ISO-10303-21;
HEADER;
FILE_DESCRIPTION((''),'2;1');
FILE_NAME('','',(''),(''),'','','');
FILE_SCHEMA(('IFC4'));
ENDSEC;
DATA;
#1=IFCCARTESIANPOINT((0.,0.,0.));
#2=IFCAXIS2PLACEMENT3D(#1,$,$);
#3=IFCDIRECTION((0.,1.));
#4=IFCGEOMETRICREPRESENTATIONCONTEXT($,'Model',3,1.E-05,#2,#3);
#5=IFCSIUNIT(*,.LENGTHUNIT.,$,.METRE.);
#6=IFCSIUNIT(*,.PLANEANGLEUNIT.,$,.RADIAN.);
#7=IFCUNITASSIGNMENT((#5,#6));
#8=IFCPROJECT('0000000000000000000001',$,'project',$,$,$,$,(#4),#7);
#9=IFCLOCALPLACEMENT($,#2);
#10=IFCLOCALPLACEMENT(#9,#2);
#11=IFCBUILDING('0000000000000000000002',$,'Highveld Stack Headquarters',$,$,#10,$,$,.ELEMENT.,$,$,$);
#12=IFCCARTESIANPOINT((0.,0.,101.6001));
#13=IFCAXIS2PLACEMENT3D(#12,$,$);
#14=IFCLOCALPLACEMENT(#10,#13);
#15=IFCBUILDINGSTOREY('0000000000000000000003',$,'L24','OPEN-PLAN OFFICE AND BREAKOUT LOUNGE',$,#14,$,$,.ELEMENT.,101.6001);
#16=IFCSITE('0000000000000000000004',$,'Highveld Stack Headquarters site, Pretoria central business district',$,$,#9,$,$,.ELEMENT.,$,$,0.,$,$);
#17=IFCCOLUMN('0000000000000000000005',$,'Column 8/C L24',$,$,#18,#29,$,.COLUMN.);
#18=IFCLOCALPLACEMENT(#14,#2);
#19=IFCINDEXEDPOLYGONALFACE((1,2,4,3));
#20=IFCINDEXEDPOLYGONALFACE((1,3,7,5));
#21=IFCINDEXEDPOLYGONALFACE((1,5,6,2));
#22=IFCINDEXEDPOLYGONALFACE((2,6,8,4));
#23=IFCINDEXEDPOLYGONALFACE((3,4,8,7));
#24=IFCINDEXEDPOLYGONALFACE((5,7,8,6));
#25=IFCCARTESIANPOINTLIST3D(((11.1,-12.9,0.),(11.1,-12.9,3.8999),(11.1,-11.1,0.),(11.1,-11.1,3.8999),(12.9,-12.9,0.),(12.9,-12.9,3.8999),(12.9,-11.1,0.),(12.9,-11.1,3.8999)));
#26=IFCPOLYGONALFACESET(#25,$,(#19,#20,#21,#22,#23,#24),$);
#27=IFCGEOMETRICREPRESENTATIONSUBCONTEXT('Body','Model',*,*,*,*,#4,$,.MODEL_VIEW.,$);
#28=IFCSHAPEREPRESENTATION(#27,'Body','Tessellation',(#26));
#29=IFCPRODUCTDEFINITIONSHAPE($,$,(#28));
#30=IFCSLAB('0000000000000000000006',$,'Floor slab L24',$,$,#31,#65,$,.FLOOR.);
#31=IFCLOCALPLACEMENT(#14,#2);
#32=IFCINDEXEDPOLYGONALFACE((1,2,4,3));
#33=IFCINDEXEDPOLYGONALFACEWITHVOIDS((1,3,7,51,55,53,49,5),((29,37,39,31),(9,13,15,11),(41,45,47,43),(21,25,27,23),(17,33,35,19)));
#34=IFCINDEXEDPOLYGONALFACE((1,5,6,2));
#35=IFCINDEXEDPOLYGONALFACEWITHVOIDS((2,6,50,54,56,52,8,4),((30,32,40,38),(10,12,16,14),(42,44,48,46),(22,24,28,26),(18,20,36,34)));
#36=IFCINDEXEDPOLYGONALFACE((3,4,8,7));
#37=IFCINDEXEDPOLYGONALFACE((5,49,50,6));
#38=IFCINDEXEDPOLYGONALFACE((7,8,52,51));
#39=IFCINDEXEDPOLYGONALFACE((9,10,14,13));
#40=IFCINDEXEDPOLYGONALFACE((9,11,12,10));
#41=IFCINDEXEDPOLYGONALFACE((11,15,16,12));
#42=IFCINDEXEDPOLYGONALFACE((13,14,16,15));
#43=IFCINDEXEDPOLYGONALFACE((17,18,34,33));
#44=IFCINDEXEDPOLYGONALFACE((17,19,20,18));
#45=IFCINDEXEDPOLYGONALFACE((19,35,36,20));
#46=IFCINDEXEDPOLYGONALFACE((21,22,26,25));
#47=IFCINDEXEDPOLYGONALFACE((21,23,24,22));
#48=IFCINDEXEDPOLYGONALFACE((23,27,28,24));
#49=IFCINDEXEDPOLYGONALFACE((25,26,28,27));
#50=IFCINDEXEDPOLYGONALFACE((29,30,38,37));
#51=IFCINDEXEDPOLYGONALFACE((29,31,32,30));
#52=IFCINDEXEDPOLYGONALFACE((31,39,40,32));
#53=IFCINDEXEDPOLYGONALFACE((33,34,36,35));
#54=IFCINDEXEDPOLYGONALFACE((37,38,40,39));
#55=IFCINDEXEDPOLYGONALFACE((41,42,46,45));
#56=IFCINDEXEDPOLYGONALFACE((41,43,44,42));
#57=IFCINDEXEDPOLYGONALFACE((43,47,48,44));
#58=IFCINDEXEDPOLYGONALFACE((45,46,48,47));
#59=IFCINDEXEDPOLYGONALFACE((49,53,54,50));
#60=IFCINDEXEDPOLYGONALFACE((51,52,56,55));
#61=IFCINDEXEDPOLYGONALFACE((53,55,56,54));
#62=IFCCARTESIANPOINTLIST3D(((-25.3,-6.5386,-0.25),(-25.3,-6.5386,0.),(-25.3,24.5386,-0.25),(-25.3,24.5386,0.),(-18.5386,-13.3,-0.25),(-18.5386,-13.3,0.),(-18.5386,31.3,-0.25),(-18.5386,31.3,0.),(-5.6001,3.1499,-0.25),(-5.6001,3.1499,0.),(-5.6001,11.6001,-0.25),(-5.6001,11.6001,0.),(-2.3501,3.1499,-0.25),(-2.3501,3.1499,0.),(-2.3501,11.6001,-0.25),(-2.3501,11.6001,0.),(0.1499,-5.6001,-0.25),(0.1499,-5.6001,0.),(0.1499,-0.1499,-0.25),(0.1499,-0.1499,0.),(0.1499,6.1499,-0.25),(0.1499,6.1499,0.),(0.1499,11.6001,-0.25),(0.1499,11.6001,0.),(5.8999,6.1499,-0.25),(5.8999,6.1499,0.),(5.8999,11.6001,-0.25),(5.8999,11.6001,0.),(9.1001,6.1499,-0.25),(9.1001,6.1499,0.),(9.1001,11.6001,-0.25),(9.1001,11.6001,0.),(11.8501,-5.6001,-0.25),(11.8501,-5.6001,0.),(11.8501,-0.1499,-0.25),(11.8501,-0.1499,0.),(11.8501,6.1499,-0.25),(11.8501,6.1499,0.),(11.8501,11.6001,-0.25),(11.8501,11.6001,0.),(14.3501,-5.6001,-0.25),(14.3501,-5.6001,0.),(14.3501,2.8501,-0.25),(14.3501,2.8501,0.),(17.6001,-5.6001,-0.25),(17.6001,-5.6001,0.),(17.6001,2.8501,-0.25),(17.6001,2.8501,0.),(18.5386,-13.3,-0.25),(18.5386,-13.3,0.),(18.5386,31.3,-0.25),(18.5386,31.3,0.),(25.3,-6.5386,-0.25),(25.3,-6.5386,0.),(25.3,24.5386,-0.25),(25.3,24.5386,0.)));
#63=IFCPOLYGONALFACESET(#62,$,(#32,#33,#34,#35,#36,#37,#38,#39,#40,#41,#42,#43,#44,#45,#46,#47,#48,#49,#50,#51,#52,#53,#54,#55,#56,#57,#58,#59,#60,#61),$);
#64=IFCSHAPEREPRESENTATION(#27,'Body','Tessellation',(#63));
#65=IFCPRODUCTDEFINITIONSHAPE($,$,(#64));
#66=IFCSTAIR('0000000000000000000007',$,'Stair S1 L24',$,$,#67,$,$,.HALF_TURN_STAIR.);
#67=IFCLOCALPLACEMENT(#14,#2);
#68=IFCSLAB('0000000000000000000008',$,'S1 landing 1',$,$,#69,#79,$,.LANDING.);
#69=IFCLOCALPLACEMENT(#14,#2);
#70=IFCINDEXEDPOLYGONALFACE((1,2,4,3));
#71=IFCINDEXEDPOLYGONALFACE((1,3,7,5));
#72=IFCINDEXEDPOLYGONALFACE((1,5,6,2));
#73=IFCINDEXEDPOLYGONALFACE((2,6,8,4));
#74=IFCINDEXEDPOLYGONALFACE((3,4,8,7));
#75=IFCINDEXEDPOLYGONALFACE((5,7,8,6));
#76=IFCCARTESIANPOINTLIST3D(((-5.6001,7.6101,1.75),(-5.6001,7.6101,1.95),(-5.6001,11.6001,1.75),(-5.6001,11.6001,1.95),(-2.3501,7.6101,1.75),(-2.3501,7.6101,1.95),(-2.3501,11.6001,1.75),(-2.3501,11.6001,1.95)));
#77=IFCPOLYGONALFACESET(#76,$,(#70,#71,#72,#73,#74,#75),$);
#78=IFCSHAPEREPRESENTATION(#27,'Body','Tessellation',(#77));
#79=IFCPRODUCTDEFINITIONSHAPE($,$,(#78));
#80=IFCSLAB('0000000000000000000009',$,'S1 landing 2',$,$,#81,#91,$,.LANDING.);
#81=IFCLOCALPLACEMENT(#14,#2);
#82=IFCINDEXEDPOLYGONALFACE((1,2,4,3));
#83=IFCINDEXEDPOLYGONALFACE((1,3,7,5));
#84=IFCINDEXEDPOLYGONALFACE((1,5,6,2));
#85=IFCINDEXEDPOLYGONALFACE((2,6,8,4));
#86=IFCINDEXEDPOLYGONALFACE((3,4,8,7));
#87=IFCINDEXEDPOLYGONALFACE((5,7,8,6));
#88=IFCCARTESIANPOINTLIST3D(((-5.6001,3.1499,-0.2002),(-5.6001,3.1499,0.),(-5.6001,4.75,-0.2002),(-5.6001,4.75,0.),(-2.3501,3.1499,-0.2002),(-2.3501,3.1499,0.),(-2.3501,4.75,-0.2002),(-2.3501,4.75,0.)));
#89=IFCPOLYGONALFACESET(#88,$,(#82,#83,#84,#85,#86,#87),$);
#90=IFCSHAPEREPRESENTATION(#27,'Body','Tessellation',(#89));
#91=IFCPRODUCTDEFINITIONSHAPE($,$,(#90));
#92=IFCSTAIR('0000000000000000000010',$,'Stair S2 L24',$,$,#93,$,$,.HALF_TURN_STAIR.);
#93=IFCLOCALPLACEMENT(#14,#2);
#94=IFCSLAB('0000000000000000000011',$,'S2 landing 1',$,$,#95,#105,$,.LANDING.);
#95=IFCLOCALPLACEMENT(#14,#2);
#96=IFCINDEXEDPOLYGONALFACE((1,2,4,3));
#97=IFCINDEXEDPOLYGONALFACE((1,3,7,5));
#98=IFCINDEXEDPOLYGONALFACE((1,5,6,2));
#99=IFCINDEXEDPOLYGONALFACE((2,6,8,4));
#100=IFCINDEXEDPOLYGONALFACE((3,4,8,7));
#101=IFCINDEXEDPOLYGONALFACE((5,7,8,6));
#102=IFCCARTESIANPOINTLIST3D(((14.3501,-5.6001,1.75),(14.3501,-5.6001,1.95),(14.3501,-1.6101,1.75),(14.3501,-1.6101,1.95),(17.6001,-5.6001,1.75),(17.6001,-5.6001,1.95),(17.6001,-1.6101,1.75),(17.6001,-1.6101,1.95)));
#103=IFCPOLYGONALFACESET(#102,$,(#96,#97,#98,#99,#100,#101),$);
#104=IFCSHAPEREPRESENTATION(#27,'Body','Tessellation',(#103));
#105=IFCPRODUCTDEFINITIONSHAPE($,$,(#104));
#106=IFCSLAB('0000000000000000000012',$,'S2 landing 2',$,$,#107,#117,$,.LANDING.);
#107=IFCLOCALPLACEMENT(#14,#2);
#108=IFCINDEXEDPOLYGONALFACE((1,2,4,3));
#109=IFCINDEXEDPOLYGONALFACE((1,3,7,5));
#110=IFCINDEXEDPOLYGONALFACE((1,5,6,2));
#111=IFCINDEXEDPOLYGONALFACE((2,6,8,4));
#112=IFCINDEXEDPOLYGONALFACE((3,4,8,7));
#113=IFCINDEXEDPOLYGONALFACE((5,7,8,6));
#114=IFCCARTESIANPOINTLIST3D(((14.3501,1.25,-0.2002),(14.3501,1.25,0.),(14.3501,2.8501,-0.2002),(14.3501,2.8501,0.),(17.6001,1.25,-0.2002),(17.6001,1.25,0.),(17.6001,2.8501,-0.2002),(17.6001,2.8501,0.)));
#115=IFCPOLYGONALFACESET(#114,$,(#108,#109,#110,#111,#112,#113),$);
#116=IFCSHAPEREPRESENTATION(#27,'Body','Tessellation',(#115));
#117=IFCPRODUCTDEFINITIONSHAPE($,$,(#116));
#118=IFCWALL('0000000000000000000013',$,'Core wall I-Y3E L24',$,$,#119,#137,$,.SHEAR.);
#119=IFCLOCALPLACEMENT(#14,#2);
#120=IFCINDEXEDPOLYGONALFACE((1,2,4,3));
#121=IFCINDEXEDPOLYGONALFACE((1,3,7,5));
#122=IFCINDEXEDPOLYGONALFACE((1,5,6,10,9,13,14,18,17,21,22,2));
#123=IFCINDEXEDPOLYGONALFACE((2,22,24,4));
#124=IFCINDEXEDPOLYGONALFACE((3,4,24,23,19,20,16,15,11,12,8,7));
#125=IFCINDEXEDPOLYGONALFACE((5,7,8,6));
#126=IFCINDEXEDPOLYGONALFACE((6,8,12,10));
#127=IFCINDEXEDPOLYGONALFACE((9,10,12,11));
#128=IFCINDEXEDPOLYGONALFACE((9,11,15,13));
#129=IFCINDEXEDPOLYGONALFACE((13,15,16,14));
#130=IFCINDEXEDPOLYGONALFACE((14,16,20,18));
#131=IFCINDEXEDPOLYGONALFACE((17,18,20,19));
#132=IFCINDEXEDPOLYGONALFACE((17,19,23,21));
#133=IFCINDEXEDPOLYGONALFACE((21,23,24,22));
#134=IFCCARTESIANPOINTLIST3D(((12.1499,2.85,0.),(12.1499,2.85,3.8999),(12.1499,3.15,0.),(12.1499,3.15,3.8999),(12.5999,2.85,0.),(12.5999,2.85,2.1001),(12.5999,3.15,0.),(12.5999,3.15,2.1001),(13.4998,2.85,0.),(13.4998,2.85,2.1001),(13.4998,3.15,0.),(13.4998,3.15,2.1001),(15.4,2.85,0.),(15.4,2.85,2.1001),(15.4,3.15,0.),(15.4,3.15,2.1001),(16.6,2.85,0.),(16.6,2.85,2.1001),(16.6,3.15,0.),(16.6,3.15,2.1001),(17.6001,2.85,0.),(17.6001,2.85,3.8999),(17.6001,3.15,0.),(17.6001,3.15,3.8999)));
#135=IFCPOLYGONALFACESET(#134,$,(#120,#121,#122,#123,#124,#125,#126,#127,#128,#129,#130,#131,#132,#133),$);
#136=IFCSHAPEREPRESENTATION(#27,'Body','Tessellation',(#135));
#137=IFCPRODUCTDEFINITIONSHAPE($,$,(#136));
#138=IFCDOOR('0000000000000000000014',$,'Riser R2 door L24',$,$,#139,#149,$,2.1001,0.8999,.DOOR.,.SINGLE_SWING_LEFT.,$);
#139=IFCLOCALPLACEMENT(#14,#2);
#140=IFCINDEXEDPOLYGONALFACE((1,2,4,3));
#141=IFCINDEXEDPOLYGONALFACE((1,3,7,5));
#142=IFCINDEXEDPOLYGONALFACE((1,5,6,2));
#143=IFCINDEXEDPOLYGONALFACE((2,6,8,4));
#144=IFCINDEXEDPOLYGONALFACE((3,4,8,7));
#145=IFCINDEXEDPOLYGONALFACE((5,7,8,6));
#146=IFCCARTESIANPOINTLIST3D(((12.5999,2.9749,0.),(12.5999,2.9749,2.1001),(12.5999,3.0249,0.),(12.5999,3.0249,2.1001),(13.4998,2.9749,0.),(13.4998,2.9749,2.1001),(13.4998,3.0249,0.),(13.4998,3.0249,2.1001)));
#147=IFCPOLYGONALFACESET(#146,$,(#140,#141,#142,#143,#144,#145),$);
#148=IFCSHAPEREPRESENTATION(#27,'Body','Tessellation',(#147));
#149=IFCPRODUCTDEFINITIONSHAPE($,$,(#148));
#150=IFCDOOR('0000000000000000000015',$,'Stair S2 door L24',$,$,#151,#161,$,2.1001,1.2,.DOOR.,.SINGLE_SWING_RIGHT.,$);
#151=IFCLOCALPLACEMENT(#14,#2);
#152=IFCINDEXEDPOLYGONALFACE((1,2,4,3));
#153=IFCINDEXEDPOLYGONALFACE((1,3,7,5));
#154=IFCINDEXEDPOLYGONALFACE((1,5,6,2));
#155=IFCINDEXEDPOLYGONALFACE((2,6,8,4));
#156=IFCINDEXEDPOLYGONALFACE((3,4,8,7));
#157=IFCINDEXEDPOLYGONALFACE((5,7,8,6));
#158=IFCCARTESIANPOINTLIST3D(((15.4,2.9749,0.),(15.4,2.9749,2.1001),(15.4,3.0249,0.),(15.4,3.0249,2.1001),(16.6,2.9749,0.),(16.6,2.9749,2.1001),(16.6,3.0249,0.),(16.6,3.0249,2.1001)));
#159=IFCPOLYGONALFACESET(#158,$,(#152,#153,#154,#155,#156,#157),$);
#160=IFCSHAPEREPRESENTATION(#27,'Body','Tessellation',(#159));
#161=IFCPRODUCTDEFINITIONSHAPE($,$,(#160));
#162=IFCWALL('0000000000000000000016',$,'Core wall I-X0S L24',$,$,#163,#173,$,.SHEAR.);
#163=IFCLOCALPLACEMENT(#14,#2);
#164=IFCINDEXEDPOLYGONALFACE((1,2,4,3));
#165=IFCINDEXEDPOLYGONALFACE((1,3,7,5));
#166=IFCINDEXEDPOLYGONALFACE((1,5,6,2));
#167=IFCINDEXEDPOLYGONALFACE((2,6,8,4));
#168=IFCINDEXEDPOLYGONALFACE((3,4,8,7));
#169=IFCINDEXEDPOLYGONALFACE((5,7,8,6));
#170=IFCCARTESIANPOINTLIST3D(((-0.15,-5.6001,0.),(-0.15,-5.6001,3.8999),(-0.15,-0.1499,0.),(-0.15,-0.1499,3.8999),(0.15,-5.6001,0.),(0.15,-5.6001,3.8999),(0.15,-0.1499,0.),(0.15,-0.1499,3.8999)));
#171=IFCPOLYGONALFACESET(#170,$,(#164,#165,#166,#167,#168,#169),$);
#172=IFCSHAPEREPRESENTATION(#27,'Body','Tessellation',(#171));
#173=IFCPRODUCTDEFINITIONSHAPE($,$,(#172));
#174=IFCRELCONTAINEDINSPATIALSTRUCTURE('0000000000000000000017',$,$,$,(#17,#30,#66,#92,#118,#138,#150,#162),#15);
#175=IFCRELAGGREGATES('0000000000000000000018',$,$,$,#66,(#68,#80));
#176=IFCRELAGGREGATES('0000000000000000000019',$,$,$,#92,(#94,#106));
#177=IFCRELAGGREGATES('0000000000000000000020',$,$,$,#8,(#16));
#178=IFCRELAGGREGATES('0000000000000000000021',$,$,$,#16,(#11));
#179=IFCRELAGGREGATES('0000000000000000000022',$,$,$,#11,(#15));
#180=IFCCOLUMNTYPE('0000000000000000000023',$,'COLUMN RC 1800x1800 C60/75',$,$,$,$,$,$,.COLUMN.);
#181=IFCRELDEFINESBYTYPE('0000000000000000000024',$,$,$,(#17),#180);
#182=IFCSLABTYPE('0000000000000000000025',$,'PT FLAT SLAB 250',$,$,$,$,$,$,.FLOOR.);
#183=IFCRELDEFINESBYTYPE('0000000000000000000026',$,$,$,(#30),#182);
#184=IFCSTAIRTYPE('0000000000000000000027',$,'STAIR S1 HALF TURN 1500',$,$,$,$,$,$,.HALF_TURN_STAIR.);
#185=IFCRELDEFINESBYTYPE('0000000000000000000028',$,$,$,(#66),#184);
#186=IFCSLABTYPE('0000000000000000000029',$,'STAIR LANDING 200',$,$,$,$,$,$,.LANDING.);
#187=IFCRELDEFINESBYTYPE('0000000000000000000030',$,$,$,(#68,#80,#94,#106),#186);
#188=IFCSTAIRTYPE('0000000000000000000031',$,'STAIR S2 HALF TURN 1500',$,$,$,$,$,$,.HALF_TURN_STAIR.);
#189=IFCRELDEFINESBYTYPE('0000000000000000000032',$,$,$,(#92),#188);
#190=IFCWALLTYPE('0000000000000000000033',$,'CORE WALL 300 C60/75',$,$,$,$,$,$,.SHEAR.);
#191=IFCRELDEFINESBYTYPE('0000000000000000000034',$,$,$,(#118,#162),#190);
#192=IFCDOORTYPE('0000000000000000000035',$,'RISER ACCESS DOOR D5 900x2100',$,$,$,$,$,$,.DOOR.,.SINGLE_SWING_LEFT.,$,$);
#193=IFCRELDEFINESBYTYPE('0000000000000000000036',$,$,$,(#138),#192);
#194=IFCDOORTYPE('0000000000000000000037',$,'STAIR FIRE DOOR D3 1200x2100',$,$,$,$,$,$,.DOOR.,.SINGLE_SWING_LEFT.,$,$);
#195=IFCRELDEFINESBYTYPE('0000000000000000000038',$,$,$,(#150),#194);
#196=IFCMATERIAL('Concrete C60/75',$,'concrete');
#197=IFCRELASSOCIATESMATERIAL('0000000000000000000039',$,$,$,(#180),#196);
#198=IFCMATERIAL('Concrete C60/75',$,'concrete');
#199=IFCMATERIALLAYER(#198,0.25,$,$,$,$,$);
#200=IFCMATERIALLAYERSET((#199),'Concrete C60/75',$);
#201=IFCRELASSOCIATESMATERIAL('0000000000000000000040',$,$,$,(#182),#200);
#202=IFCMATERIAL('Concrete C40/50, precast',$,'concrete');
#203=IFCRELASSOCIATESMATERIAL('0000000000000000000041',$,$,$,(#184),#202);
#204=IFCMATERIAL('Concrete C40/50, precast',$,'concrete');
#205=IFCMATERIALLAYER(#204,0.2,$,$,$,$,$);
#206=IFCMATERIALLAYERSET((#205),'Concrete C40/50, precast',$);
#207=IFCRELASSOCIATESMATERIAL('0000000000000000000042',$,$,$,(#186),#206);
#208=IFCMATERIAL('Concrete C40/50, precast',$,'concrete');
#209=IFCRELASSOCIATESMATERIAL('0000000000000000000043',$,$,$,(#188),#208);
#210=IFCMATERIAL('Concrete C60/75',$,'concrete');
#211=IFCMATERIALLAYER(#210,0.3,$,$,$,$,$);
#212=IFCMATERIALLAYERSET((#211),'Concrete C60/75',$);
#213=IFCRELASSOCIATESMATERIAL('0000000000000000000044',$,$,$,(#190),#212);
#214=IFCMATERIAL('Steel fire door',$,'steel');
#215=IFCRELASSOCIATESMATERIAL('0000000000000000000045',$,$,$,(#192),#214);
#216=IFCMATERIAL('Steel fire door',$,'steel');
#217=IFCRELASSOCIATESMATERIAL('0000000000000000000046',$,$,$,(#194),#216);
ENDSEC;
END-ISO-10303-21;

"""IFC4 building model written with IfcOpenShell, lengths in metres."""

from ifc_helpers import new_model, si_unit, direction, frame, frame_2d, origin, origin_2d, place, context, subcontext, project, spatial, polyline, rectangle, outline, extrude, material, layer, layer_set, material_profile, profile_set, type_object, element, fill, aggregate, save


model = new_model("IFC4")

# Units and contexts
model_context = context("Model", 3, precision=1e-05, world=origin(), true_north=direction((0.0, 1.0)))
body_context = subcontext(model_context, "Body", "Model", "MODEL_VIEW")
ifc_project = project(units=[si_unit("LENGTHUNIT", "METRE"), si_unit("PLANEANGLEUNIT", "RADIAN")], contexts=[model_context])

# Site, building, storey
site_placement = place(None, origin())
site = spatial("IfcSite", under=ifc_project, at=site_placement, Name="Highveld Stack Headquarters site, Pretoria central business district", CompositionType="ELEMENT", RefElevation=0.0)
building_placement = place(site_placement, origin())
building = spatial("IfcBuilding", under=site, at=building_placement, Name="Highveld Stack Headquarters", CompositionType="ELEMENT")
storey_placement = place(building_placement, frame((0.0, 0.0, 101.6001)))
storey = spatial("IfcBuildingStorey", under=building, at=storey_placement, Name="L24", Description="OPEN-PLAN OFFICE AND BREAKOUT LOUNGE", CompositionType="ELEMENT", Elevation=101.6001)

# Column
ifc_material_1 = material(Name="Concrete C60/75", Category="concrete")
ifc_material_profile = material_profile(ifc_material_1, rectangle(XDim=1.8, YDim=1.8, at=origin_2d()), Name="RC 1800x1800")
ifc_profile_set = profile_set([ifc_material_profile], Name="Concrete C60/75")
column_type = type_object("IfcColumnType", Name="COLUMN RC 1800x1800 C60/75", PredefinedType="COLUMN", material=ifc_profile_set)
column_placement = place(storey_placement, frame((12.0, -12.0, 0.0), z_axis=(0.0, 0.0, 1.0), x_axis=(1.0, 0.0, 0.0)))
element("IfcColumn", 1, at=column_placement, inside=storey, type_object=column_type, Name="Column 8/C L24", PredefinedType="COLUMN", context=body_context, shape_type="SweptSolid", body=[
    extrude(rectangle(XDim=1.8, YDim=1.8, at=origin_2d()), origin(), (0.0, 0.0, 1.0), 3.8999),
])

# Slab
ifc_material_2 = material(Name="Concrete C60/75", Category="concrete")
ifc_layer_1 = layer(ifc_material_2, 0.25)
ifc_layer_set_1 = layer_set([ifc_layer_1], Name="Concrete C60/75")
slab_type_1 = type_object("IfcSlabType", Name="PT FLAT SLAB 250", PredefinedType="FLOOR", material=ifc_layer_set_1)
slab_1_placement = place(storey_placement, frame((0.0, 0.0, -0.25)))
element("IfcSlab", 2, at=slab_1_placement, inside=storey, type_object=slab_type_1, Name="Floor slab L24", PredefinedType="FLOOR", context=body_context, shape_type="SweptSolid", body=[
    extrude(outline(polyline([(-18.5386, -13.3), (18.5386, -13.3), (25.3, -6.5386), (25.3, 24.5386), (18.5386, 31.3), (-18.5386, 31.3), (-25.3, 24.5386), (-25.3, -6.5386), (-18.5386, -13.3)]), holes=[polyline([(0.1499, 6.1499), (5.8999, 6.1499), (5.8999, 11.6001), (0.1499, 11.6001), (0.1499, 6.1499)]), polyline([(9.1001, 6.1499), (11.8501, 6.1499), (11.8501, 11.6001), (9.1001, 11.6001), (9.1001, 6.1499)]), polyline([(0.1499, -5.6001), (11.8501, -5.6001), (11.8501, -0.1499), (0.1499, -0.1499), (0.1499, -5.6001)]), polyline([(-5.6001, 3.1499), (-2.3501, 3.1499), (-2.3501, 11.6001), (-5.6001, 11.6001), (-5.6001, 3.1499)]), polyline([(14.3501, -5.6001), (17.6001, -5.6001), (17.6001, 2.8501), (14.3501, 2.8501), (14.3501, -5.6001)])]), origin(), (0.0, 0.0, 1.0), 0.25),
])

# Stairs, slabs
ifc_material_3 = material(Name="Concrete C40/50, precast", Category="concrete")
stair_type_1 = type_object("IfcStairType", Name="STAIR S1 HALF TURN 1500", PredefinedType="HALF_TURN_STAIR", material=ifc_material_3)
stair_1_placement = place(storey_placement, origin())
stair_1 = element("IfcStair", 3, at=stair_1_placement, inside=storey, type_object=stair_type_1, Name="Stair S1 L24", PredefinedType="HALF_TURN_STAIR")
ifc_material_4 = material(Name="Concrete C40/50, precast", Category="concrete")
ifc_layer_2 = layer(ifc_material_4, 0.2)
ifc_layer_set_2 = layer_set([ifc_layer_2], Name="Concrete C40/50, precast")
slab_type_2 = type_object("IfcSlabType", Name="STAIR LANDING 200", PredefinedType="LANDING", material=ifc_layer_set_2)
slab_2_placement = place(storey_placement, frame((0.0, 0.0, 1.75)))
slab_2 = element("IfcSlab", 4, at=slab_2_placement, type_object=slab_type_2, Name="S1 landing 1", PredefinedType="LANDING", context=body_context, shape_type="SweptSolid", body=[
    extrude(outline(polyline([(-5.6001, 7.6101), (-2.3501, 7.6101), (-2.3501, 11.6001), (-5.6001, 11.6001), (-5.6001, 7.6101)])), origin(), (0.0, 0.0, 1.0), 0.2),
])
slab_3_placement = place(storey_placement, frame((0.0, 0.0, -0.2002)))
slab_3 = element("IfcSlab", 5, at=slab_3_placement, type_object=slab_type_2, Name="S1 landing 2", PredefinedType="LANDING", context=body_context, shape_type="SweptSolid", body=[
    extrude(outline(polyline([(-5.6001, 3.1499), (-2.3501, 3.1499), (-2.3501, 4.75), (-5.6001, 4.75), (-5.6001, 3.1499)])), origin(), (0.0, 0.0, 1.0), 0.2002),
])
aggregate(stair_1, [slab_2, slab_3])
ifc_material_5 = material(Name="Concrete C40/50, precast", Category="concrete")
stair_type_2 = type_object("IfcStairType", Name="STAIR S2 HALF TURN 1500", PredefinedType="HALF_TURN_STAIR", material=ifc_material_5)
stair_2_placement = place(storey_placement, origin())
stair_2 = element("IfcStair", 6, at=stair_2_placement, inside=storey, type_object=stair_type_2, Name="Stair S2 L24", PredefinedType="HALF_TURN_STAIR")
slab_4_placement = place(storey_placement, frame((0.0, 0.0, 1.75)))
slab_4 = element("IfcSlab", 7, at=slab_4_placement, type_object=slab_type_2, Name="S2 landing 1", PredefinedType="LANDING", context=body_context, shape_type="SweptSolid", body=[
    extrude(outline(polyline([(14.3501, -5.6001), (17.6001, -5.6001), (17.6001, -1.6101), (14.3501, -1.6101), (14.3501, -5.6001)])), origin(), (0.0, 0.0, 1.0), 0.2),
])
slab_5_placement = place(storey_placement, frame((0.0, 0.0, -0.2002)))
slab_5 = element("IfcSlab", 8, at=slab_5_placement, type_object=slab_type_2, Name="S2 landing 2", PredefinedType="LANDING", context=body_context, shape_type="SweptSolid", body=[
    extrude(outline(polyline([(14.3501, 1.25), (17.6001, 1.25), (17.6001, 2.8501), (14.3501, 2.8501), (14.3501, 1.25)])), origin(), (0.0, 0.0, 1.0), 0.2002),
])

# Wall, openings, doors
ifc_material_6 = material(Name="Concrete C60/75", Category="concrete")
ifc_layer_3 = layer(ifc_material_6, 0.3)
ifc_layer_set_3 = layer_set([ifc_layer_3], Name="Concrete C60/75")
wall_type_1 = type_object("IfcWallType", Name="CORE WALL 300 C60/75", PredefinedType="SHEAR", material=ifc_layer_set_3)
wall_1_placement = place(storey_placement, frame((12.1499, 3.0, 0.0), z_axis=(0.0, 0.0, 1.0), x_axis=(1.0, 0.0, 0.0)))
wall_1 = element("IfcWall", 9, at=wall_1_placement, inside=storey, type_object=wall_type_1, Name="Core wall I-Y3E L24", PredefinedType="SHEAR", context=body_context, shape_type="SweptSolid", body=[
    extrude(rectangle(XDim=5.4502, YDim=0.3, at=frame_2d((2.7251, 0.0))), origin(), (0.0, 0.0, 1.0), 3.8999),
])
opening_1_placement = place(wall_1_placement, frame((3.25, 0.0, 0.0)))
opening_1 = element("IfcOpeningElement", 10, at=opening_1_placement, cuts=wall_1, PredefinedType="OPENING", context=body_context, shape_type="SweptSolid", body=[
    extrude(rectangle(XDim=1.2, YDim=2.1001, at=frame_2d((0.6001, 1.05))), frame((0.0, 0.1599, 0.0), z_axis=(0.0, -1.0, 0.0), x_axis=(1.0, 0.0, 0.0)), (0.0, 0.0, 1.0), 0.3201),
])
opening_2_placement = place(wall_1_placement, frame((0.45, 0.0, 0.0)))
opening_2 = element("IfcOpeningElement", 11, at=opening_2_placement, cuts=wall_1, PredefinedType="OPENING", context=body_context, shape_type="SweptSolid", body=[
    extrude(rectangle(XDim=0.8999, YDim=2.1001, at=frame_2d((0.45, 1.05))), frame((0.0, 0.1599, 0.0), z_axis=(0.0, -1.0, 0.0), x_axis=(1.0, 0.0, 0.0)), (0.0, 0.0, 1.0), 0.3201),
])
ifc_material_7 = material(Name="Steel fire door", Category="steel")
door_type_1 = type_object("IfcDoorType", Name="RISER ACCESS DOOR D5 900x2100", OperationType="SINGLE_SWING_LEFT", PredefinedType="DOOR", material=ifc_material_7)
door_1_placement = place(opening_2_placement, origin())
door_1 = element("IfcDoor", 12, at=door_1_placement, inside=storey, type_object=door_type_1, Name="Riser R2 door L24", OperationType="SINGLE_SWING_LEFT", OverallHeight=2.1001, OverallWidth=0.8999, PredefinedType="DOOR", context=body_context, shape_type="SweptSolid", body=[
    extrude(rectangle(XDim=0.8999, YDim=2.1001, at=frame_2d((0.45, 1.05))), frame((0.0, 0.0249, 0.0), z_axis=(0.0, -1.0, 0.0), x_axis=(1.0, 0.0, 0.0)), (0.0, 0.0, 1.0), 0.05),
])
fill(opening_2, door_1)
ifc_material_8 = material(Name="Steel fire door", Category="steel")
door_type_2 = type_object("IfcDoorType", Name="STAIR FIRE DOOR D3 1200x2100", OperationType="SINGLE_SWING_LEFT", PredefinedType="DOOR", material=ifc_material_8)
door_2_placement = place(opening_1_placement, origin())
door_2 = element("IfcDoor", 13, at=door_2_placement, inside=storey, type_object=door_type_2, Name="Stair S2 door L24", OperationType="SINGLE_SWING_RIGHT", OverallHeight=2.1001, OverallWidth=1.2, PredefinedType="DOOR", context=body_context, shape_type="SweptSolid", body=[
    extrude(rectangle(XDim=1.2, YDim=2.1001, at=frame_2d((0.6001, 1.05))), frame((0.0, 0.0249, 0.0), z_axis=(0.0, -1.0, 0.0), x_axis=(1.0, 0.0, 0.0)), (0.0, 0.0, 1.0), 0.05),
])
fill(opening_1, door_2)

# Wall
wall_2_placement = place(storey_placement, frame((0.0, -5.6001, 0.0), z_axis=(0.0, 0.0, 1.0), x_axis=(0.0, 1.0, 0.0)))
element("IfcWall", 14, at=wall_2_placement, inside=storey, type_object=wall_type_1, Name="Core wall I-X0S L24", PredefinedType="SHEAR", context=body_context, shape_type="SweptSolid", body=[
    extrude(rectangle(XDim=5.4502, YDim=0.3, at=frame_2d((2.7251, 0.0))), origin(), (0.0, 0.0, 1.0), 3.8999),
])

aggregate(stair_2, [slab_4, slab_5])

save(model, "model.ifc")
